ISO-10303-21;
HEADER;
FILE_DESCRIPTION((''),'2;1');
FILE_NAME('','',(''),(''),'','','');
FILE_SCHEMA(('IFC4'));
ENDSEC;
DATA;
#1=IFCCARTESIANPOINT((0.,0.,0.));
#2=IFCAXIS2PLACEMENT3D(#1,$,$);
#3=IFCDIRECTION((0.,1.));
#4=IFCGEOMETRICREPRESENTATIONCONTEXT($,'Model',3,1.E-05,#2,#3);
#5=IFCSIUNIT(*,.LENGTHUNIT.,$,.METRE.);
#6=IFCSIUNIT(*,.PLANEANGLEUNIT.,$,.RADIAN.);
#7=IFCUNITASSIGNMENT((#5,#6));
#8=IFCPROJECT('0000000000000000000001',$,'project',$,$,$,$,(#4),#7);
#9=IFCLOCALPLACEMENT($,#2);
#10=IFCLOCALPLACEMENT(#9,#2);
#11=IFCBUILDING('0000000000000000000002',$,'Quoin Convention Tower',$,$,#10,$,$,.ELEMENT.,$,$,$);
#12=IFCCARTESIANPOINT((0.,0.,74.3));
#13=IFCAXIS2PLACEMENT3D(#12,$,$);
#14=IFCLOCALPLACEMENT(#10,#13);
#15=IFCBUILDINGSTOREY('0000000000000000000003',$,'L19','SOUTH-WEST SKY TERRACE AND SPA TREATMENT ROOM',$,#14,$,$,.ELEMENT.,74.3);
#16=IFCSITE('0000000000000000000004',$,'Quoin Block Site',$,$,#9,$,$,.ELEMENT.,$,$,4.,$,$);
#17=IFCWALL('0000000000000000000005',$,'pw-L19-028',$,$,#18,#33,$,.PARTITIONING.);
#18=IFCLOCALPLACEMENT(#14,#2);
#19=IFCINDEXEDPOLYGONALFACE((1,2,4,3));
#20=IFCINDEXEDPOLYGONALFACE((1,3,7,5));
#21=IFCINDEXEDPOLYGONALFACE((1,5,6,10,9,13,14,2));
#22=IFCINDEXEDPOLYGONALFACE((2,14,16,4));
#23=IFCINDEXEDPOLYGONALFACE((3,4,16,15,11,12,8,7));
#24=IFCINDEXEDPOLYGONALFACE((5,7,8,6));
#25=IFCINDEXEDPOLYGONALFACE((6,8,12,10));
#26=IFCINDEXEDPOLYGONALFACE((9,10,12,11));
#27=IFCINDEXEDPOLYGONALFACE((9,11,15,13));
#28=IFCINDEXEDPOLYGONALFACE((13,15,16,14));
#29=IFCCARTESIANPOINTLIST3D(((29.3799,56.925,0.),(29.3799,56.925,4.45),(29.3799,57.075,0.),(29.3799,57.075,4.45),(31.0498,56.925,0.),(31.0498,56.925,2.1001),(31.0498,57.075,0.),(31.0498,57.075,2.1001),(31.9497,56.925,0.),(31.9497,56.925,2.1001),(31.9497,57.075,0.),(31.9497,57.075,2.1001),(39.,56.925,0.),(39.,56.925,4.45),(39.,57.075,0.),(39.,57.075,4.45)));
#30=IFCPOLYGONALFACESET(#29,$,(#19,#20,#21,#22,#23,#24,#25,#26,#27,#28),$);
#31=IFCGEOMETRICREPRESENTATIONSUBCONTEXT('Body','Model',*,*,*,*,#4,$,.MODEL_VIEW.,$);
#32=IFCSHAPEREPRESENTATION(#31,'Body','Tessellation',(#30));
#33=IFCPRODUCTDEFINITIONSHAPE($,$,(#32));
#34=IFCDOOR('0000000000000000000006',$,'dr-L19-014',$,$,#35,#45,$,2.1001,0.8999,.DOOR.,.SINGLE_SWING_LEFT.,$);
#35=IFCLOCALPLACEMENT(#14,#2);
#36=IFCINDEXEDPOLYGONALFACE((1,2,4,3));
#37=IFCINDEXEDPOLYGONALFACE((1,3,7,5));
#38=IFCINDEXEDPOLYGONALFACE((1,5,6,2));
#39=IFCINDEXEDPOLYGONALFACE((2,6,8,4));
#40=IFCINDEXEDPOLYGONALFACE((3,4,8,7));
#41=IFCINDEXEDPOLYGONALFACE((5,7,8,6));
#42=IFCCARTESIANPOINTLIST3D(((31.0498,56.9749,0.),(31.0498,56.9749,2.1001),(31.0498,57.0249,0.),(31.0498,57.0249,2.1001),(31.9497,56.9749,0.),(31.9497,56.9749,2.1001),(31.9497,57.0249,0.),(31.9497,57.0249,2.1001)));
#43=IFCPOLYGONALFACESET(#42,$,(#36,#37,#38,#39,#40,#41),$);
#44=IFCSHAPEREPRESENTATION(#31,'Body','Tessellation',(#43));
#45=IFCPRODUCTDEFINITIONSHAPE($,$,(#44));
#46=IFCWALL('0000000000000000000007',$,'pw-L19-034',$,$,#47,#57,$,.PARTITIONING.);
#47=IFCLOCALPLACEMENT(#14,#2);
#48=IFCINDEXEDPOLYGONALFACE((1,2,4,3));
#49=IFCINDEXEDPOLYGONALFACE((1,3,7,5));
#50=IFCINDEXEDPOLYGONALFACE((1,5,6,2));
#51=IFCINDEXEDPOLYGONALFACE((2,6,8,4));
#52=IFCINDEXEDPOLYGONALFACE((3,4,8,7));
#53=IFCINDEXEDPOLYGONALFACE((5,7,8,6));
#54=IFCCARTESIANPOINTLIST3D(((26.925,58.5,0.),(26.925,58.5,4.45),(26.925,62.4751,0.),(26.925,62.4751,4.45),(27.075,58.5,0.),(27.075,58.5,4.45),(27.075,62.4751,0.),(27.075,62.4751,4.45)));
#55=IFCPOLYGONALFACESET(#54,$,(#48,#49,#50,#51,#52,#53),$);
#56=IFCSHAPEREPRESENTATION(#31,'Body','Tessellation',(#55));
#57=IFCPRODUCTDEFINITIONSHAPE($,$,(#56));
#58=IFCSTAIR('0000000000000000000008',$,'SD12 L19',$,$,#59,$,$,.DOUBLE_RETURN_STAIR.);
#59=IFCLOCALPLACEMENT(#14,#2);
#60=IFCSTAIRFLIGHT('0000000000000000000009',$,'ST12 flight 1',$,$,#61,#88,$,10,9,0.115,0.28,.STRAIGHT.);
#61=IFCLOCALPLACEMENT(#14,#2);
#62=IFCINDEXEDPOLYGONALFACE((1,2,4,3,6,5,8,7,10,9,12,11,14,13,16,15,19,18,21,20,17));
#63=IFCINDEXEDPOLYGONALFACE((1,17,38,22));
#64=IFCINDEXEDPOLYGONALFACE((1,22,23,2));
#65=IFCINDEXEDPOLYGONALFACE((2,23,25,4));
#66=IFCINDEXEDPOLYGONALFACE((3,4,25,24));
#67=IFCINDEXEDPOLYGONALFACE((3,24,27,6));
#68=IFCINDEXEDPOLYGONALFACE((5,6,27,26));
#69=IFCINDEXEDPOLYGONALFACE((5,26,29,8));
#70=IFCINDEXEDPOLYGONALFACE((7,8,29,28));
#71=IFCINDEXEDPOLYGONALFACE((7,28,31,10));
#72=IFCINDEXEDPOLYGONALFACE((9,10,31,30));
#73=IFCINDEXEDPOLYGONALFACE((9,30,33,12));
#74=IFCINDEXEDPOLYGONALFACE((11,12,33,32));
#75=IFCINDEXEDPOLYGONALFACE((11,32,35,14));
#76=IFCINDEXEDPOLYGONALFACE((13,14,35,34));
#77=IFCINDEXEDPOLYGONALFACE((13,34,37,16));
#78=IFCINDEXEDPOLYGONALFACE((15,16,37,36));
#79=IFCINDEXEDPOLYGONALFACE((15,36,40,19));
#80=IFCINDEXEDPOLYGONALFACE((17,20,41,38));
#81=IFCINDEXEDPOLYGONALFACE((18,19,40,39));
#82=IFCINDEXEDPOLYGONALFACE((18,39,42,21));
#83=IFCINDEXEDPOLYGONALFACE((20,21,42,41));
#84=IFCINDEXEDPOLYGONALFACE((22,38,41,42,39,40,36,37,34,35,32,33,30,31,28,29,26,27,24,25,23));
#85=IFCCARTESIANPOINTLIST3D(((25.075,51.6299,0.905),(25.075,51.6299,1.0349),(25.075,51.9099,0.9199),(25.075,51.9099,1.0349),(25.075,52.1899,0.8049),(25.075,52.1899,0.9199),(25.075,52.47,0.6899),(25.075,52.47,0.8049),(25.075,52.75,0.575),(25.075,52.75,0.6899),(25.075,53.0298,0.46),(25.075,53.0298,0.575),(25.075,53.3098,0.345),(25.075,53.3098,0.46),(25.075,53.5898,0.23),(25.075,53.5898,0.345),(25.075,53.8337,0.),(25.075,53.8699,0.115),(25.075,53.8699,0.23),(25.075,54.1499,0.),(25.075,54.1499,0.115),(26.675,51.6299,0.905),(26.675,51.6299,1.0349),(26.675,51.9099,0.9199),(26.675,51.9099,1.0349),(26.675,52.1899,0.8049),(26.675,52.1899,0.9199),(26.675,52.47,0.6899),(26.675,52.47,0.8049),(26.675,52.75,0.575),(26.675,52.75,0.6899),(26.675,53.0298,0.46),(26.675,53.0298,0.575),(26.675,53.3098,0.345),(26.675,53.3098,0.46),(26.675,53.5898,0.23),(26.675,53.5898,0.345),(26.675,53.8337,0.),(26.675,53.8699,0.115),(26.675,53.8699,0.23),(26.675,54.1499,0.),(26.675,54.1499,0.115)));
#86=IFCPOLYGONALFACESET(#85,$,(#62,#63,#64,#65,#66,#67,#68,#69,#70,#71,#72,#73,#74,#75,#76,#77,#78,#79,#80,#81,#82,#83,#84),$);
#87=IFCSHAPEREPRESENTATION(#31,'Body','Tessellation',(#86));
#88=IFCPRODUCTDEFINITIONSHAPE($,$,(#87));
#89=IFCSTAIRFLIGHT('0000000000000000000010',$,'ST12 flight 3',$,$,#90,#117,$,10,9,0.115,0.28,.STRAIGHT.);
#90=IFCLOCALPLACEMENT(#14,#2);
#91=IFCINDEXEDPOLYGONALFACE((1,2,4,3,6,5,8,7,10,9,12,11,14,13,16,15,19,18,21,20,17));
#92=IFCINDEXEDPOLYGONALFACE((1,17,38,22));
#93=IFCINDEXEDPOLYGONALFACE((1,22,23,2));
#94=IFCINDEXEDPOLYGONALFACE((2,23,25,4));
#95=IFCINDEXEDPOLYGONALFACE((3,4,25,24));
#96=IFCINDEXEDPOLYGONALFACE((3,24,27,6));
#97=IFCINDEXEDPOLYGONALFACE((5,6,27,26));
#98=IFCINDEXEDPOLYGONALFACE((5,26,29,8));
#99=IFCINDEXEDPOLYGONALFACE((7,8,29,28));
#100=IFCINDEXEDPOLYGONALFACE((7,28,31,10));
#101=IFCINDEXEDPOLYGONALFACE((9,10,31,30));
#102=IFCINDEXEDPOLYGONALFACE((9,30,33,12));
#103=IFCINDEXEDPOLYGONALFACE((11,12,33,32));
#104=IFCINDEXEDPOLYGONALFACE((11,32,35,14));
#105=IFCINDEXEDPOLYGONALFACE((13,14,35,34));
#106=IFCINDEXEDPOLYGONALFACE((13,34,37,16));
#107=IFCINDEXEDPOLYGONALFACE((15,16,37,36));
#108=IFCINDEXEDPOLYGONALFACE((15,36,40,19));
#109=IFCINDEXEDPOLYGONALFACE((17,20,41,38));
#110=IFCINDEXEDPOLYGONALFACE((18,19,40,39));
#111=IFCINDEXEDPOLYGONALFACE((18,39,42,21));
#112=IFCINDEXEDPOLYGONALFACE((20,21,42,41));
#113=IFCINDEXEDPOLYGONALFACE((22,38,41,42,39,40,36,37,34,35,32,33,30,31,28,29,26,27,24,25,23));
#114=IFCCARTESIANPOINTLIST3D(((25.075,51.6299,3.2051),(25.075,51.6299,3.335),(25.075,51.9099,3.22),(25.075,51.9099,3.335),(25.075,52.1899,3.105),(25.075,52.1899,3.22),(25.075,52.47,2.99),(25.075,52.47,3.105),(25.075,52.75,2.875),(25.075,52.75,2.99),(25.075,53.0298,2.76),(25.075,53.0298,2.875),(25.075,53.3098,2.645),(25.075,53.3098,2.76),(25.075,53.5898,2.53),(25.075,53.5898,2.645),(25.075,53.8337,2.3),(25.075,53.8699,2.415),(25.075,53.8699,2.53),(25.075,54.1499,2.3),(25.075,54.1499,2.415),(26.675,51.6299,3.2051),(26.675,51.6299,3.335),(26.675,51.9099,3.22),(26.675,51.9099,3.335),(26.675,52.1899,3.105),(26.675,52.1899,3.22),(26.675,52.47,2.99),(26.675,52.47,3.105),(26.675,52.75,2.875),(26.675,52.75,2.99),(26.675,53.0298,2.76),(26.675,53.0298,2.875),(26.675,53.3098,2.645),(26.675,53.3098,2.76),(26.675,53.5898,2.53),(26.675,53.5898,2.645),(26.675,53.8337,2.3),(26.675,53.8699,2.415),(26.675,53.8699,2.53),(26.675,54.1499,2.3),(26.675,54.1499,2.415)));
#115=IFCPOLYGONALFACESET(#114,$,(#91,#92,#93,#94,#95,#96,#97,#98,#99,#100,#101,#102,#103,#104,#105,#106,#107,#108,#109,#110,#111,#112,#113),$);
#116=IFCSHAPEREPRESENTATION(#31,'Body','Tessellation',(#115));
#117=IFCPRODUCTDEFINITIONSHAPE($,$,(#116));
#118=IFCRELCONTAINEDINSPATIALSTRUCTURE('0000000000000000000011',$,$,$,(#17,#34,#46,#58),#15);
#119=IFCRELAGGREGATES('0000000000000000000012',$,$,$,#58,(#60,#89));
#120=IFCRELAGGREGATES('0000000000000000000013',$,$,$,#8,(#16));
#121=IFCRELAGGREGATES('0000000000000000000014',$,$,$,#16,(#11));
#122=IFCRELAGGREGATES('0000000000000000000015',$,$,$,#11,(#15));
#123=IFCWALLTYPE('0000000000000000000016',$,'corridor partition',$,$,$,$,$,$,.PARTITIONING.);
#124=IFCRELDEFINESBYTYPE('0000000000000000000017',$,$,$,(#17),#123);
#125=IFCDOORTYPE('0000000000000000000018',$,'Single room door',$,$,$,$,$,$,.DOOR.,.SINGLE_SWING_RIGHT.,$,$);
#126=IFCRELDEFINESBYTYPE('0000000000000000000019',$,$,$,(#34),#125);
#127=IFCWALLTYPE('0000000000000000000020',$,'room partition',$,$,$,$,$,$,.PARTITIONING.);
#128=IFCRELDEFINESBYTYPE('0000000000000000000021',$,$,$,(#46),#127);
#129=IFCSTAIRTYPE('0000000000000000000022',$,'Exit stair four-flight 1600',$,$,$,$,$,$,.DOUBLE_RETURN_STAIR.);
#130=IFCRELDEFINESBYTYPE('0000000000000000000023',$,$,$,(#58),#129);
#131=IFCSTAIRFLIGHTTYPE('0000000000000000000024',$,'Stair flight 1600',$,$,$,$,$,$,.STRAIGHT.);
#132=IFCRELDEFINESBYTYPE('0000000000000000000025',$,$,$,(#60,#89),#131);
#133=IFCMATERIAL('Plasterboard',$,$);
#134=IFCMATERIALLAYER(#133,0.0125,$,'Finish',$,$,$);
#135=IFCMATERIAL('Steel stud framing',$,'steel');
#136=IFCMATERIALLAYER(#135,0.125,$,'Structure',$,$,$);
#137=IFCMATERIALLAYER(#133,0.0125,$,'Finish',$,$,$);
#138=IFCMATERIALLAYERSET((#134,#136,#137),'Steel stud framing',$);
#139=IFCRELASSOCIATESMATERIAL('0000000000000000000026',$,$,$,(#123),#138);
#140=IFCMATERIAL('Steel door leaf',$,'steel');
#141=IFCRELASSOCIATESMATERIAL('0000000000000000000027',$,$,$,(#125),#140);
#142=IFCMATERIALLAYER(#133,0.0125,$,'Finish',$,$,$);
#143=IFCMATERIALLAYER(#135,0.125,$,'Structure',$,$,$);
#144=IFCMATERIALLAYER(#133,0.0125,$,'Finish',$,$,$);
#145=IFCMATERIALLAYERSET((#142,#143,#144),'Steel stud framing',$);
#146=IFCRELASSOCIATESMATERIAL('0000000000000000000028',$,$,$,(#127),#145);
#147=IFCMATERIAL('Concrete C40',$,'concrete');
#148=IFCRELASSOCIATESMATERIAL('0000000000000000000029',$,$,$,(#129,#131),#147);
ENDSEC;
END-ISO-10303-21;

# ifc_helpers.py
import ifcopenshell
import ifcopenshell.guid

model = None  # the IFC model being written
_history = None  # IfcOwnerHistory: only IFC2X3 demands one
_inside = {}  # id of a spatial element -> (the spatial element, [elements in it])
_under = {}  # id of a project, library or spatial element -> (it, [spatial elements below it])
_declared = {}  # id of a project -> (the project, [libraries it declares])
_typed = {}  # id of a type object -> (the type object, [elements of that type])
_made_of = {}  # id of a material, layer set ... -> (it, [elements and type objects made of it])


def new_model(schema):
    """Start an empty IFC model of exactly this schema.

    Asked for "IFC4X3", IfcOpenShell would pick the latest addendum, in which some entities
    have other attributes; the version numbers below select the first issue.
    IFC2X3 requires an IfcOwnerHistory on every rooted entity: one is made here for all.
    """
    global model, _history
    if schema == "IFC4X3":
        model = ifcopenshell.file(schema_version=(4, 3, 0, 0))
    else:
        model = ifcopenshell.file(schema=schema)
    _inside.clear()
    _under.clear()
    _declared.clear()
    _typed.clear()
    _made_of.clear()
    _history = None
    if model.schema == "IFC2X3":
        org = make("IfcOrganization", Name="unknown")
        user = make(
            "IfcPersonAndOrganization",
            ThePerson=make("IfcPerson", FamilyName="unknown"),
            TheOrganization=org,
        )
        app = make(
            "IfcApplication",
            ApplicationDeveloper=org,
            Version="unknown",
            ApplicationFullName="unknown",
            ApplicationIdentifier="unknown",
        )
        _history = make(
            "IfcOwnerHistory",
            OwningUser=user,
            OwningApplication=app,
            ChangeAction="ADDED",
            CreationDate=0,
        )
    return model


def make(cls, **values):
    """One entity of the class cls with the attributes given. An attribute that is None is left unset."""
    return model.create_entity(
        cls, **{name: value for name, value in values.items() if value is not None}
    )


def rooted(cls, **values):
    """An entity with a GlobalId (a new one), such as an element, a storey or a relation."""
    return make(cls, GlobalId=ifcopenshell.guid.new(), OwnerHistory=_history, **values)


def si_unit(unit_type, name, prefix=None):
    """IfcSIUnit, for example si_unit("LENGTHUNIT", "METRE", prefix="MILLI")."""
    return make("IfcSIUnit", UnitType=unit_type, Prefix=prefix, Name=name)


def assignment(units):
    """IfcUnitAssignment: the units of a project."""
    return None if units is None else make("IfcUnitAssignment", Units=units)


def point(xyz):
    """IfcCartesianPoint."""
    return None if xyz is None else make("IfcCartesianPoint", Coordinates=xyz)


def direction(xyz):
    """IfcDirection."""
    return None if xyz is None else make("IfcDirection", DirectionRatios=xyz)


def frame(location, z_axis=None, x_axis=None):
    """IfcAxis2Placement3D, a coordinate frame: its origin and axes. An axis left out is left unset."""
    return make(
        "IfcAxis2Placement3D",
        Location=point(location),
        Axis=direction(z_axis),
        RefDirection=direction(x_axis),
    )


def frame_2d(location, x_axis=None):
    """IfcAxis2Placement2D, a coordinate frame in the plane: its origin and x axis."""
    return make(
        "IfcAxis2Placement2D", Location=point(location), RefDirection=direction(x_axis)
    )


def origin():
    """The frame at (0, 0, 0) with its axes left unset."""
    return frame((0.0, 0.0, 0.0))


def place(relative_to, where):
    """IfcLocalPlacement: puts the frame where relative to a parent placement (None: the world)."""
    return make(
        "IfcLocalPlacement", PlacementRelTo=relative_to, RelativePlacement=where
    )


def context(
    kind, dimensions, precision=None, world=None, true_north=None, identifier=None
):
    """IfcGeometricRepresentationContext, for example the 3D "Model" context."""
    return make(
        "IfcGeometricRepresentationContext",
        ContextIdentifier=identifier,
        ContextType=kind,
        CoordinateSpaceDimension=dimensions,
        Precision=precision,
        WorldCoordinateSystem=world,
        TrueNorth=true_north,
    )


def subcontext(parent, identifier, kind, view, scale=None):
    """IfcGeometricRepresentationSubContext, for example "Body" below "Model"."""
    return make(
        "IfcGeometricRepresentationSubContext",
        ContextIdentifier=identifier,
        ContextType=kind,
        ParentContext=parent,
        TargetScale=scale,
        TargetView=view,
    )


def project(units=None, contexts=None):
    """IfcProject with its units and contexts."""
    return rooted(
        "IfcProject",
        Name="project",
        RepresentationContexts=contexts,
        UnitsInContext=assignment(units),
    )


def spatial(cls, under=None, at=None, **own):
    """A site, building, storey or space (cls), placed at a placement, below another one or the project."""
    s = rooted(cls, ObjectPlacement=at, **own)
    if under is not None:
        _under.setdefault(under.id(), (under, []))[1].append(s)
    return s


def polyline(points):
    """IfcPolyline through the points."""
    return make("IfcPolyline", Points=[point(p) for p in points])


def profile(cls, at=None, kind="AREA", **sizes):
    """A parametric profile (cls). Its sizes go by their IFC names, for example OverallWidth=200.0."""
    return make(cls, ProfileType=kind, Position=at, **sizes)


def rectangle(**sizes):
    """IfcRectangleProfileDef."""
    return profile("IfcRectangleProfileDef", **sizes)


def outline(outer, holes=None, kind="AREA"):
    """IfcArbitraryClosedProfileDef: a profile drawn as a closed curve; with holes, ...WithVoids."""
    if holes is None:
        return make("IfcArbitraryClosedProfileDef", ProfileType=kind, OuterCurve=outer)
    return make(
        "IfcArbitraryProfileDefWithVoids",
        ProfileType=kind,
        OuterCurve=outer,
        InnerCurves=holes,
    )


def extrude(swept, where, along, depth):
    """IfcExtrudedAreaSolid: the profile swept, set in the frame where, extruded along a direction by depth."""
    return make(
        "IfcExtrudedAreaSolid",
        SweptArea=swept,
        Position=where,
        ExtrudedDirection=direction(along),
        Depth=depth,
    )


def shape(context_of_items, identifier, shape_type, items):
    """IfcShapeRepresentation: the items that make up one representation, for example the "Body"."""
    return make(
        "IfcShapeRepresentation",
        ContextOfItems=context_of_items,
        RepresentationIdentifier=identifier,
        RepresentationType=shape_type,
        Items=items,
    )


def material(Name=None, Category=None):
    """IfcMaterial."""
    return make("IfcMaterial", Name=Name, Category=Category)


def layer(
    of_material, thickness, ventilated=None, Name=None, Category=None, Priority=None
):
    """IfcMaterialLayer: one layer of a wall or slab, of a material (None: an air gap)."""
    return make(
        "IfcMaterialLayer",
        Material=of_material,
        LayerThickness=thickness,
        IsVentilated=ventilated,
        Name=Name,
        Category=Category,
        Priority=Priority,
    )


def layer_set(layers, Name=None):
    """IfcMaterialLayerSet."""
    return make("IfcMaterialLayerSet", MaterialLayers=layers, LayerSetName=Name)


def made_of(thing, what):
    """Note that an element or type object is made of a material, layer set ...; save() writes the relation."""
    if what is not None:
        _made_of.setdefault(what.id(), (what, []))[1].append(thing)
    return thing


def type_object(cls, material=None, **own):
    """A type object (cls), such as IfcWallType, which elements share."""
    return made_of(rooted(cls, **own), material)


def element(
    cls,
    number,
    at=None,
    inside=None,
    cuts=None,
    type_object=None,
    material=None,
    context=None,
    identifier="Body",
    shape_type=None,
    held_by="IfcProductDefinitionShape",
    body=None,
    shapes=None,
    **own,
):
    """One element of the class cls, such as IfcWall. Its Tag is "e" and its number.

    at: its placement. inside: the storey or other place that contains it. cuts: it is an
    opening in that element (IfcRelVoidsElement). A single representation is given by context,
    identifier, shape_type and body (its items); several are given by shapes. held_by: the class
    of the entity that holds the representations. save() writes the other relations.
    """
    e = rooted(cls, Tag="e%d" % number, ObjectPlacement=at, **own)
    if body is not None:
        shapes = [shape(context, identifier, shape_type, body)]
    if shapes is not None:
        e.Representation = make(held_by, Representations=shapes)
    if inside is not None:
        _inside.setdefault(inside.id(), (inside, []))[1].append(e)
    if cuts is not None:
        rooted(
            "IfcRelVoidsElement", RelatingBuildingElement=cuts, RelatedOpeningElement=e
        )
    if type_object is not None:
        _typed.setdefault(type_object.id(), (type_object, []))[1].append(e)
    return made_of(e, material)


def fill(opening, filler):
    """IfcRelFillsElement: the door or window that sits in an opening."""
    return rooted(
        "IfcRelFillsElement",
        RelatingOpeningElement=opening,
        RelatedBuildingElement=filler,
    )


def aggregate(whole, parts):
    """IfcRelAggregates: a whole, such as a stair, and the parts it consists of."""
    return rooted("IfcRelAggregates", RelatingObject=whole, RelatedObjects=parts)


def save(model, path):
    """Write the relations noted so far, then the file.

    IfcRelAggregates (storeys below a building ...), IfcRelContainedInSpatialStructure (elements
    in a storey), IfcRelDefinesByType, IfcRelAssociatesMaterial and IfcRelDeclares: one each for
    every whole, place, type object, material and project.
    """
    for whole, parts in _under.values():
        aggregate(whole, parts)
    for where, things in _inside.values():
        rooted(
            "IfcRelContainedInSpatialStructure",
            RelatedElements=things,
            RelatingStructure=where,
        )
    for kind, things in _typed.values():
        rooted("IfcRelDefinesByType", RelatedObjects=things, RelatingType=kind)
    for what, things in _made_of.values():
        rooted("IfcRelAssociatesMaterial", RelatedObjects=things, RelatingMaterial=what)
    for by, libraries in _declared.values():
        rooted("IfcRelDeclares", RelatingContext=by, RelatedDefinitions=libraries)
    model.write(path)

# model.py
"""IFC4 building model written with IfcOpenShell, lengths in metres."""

from ifc_helpers import new_model, si_unit, direction, frame, frame_2d, origin, place, context, subcontext, project, spatial, polyline, rectangle, outline, extrude, material, layer, layer_set, type_object, element, fill, aggregate, save


model = new_model("IFC4")

# Units and contexts
model_context = context("Model", 3, precision=1e-05, world=origin(), true_north=direction((0.0, 1.0)))
body_context = subcontext(model_context, "Body", "Model", "MODEL_VIEW")
ifc_project = project(units=[si_unit("LENGTHUNIT", "METRE"), si_unit("PLANEANGLEUNIT", "RADIAN")], contexts=[model_context])

# Site, building, storey
site_placement = place(None, origin())
site = spatial("IfcSite", under=ifc_project, at=site_placement, Name="Quoin Block Site", CompositionType="ELEMENT", RefElevation=4.0)
building_placement = place(site_placement, origin())
building = spatial("IfcBuilding", under=site, at=building_placement, Name="Quoin Convention Tower", CompositionType="ELEMENT")
storey_placement = place(building_placement, frame((0.0, 0.0, 74.3)))
storey = spatial("IfcBuildingStorey", under=building, at=storey_placement, Name="L19", Description="SOUTH-WEST SKY TERRACE AND SPA TREATMENT ROOM", CompositionType="ELEMENT", Elevation=74.3)

# Shared definitions
ifc_material_1 = material(Name="Steel door leaf", Category="steel")

# Shared definitions
ifc_material_2 = material(Name="Plasterboard")
ifc_material_3 = material(Name="Steel stud framing", Category="steel")

# Wall, opening, door
ifc_layer_1 = layer(ifc_material_2, 0.0125, Name="Finish")
ifc_layer_2 = layer(ifc_material_3, 0.125, Name="Structure")
ifc_layer_3 = layer(ifc_material_2, 0.0125, Name="Finish")
ifc_layer_set_1 = layer_set([ifc_layer_1, ifc_layer_2, ifc_layer_3], Name="Steel stud framing")
wall_type_1 = type_object("IfcWallType", Name="corridor partition", PredefinedType="PARTITIONING", material=ifc_layer_set_1)
wall_1_placement = place(storey_placement, frame((29.3799, 57.0, 0.0), z_axis=(0.0, 0.0, 1.0), x_axis=(1.0, 0.0, 0.0)))
wall_1 = element("IfcWall", 1, at=wall_1_placement, inside=storey, type_object=wall_type_1, Name="pw-L19-028", PredefinedType="PARTITIONING", context=body_context, shape_type="SweptSolid", body=[
    extrude(rectangle(XDim=9.6201, YDim=0.1499, at=frame_2d((4.8101, 0.0))), origin(), (0.0, 0.0, 1.0), 4.45),
])
opening_1_placement = place(wall_1_placement, frame((1.6699, 0.0, 0.0)))
opening_1 = element("IfcOpeningElement", 2, at=opening_1_placement, cuts=wall_1, PredefinedType="OPENING", context=body_context, shape_type="SweptSolid", body=[
    extrude(rectangle(XDim=0.8999, YDim=2.1001, at=frame_2d((0.45, 1.05))), frame((0.0, 0.085, 0.0), z_axis=(0.0, -1.0, 0.0), x_axis=(1.0, 0.0, 0.0)), (0.0, 0.0, 1.0), 0.1699),
])
door_type_1 = type_object("IfcDoorType", Name="Single room door", OperationType="SINGLE_SWING_RIGHT", PredefinedType="DOOR", material=ifc_material_1)
door_1_placement = place(opening_1_placement, origin())
door_1 = element("IfcDoor", 3, at=door_1_placement, inside=storey, type_object=door_type_1, Name="dr-L19-014", OperationType="SINGLE_SWING_LEFT", OverallHeight=2.1001, OverallWidth=0.8999, PredefinedType="DOOR", context=body_context, shape_type="SweptSolid", body=[
    extrude(rectangle(XDim=0.8999, YDim=2.1001, at=frame_2d((0.45, 1.05))), frame((0.0, 0.0249, 0.0), z_axis=(0.0, -1.0, 0.0), x_axis=(1.0, 0.0, 0.0)), (0.0, 0.0, 1.0), 0.05),
])
fill(opening_1, door_1)

# Wall
ifc_layer_4 = layer(ifc_material_2, 0.0125, Name="Finish")
ifc_layer_5 = layer(ifc_material_3, 0.125, Name="Structure")
ifc_layer_6 = layer(ifc_material_2, 0.0125, Name="Finish")
ifc_layer_set_2 = layer_set([ifc_layer_4, ifc_layer_5, ifc_layer_6], Name="Steel stud framing")
wall_type_2 = type_object("IfcWallType", Name="room partition", PredefinedType="PARTITIONING", material=ifc_layer_set_2)
wall_2_placement = place(storey_placement, frame((27.0, 58.5, 0.0), z_axis=(0.0, 0.0, 1.0), x_axis=(0.0, 1.0, 0.0)))
element("IfcWall", 4, at=wall_2_placement, inside=storey, type_object=wall_type_2, Name="pw-L19-034", PredefinedType="PARTITIONING", context=body_context, shape_type="SweptSolid", body=[
    extrude(rectangle(XDim=3.9751, YDim=0.1499, at=frame_2d((1.9875, 0.0))), origin(), (0.0, 0.0, 1.0), 4.45),
])

# Stair, stair flights
ifc_material_4 = material(Name="Concrete C40", Category="concrete")
stair_type = type_object("IfcStairType", Name="Exit stair four-flight 1600", PredefinedType="DOUBLE_RETURN_STAIR", material=ifc_material_4)
stair_placement = place(storey_placement, origin())
stair = element("IfcStair", 5, at=stair_placement, inside=storey, type_object=stair_type, Name="SD12 L19", PredefinedType="DOUBLE_RETURN_STAIR")
stair_flight_type = type_object("IfcStairFlightType", Name="Stair flight 1600", PredefinedType="STRAIGHT", material=ifc_material_4)
stair_flight_1_placement = place(storey_placement, frame((25.875, 54.1499, 0.0), z_axis=(0.0, 0.0, 1.0), x_axis=(0.0, -1.0, 0.0)))
stair_flight_1 = element("IfcStairFlight", 6, at=stair_flight_1_placement, type_object=stair_flight_type, Name="ST12 flight 1", NumberOfRisers=10, NumberOfTreads=9, PredefinedType="STRAIGHT", RiserHeight=0.115, TreadLength=0.28, context=body_context, shape_type="SweptSolid", body=[
    extrude(outline(polyline([(0.0, 0.0), (0.0, 0.115), (0.28, 0.115), (0.28, 0.23), (0.5601, 0.23), (0.5601, 0.345), (0.8401, 0.345), (0.8401, 0.46), (1.1201, 0.46), (1.1201, 0.575), (1.3999, 0.575), (1.3999, 0.6899), (1.6799, 0.6899), (1.6799, 0.8049), (1.96, 0.8049), (1.96, 0.9199), (2.24, 0.9199), (2.24, 1.0349), (2.52, 1.0349), (2.52, 1.1499), (2.52, 0.905), (0.3162, 0.0), (0.0, 0.0)])), frame((0.0, 0.8, 0.0), z_axis=(0.0, -1.0, 0.0), x_axis=(1.0, 0.0, 0.0)), (0.0, 0.0, 1.0), 1.6001),
])
stair_flight_2_placement = place(storey_placement, frame((25.875, 54.1499, 2.3), z_axis=(0.0, 0.0, 1.0), x_axis=(0.0, -1.0, 0.0)))
stair_flight_2 = element("IfcStairFlight", 7, at=stair_flight_2_placement, type_object=stair_flight_type, Name="ST12 flight 3", NumberOfRisers=10, NumberOfTreads=9, PredefinedType="STRAIGHT", RiserHeight=0.115, TreadLength=0.28, context=body_context, shape_type="SweptSolid", body=[
    extrude(outline(polyline([(0.0, 0.0), (0.0, 0.115), (0.28, 0.115), (0.28, 0.23), (0.5601, 0.23), (0.5601, 0.345), (0.8401, 0.345), (0.8401, 0.46), (1.1201, 0.46), (1.1201, 0.575), (1.3999, 0.575), (1.3999, 0.6899), (1.6799, 0.6899), (1.6799, 0.8049), (1.96, 0.8049), (1.96, 0.9199), (2.24, 0.9199), (2.24, 1.0349), (2.52, 1.0349), (2.52, 1.1499), (2.52, 0.905), (0.3162, 0.0), (0.0, 0.0)])), frame((0.0, 0.8, 0.0), z_axis=(0.0, -1.0, 0.0), x_axis=(1.0, 0.0, 0.0)), (0.0, 0.0, 1.0), 1.6001),
])
aggregate(stair, [stair_flight_1, stair_flight_2])

save(model, "model.ifc")
